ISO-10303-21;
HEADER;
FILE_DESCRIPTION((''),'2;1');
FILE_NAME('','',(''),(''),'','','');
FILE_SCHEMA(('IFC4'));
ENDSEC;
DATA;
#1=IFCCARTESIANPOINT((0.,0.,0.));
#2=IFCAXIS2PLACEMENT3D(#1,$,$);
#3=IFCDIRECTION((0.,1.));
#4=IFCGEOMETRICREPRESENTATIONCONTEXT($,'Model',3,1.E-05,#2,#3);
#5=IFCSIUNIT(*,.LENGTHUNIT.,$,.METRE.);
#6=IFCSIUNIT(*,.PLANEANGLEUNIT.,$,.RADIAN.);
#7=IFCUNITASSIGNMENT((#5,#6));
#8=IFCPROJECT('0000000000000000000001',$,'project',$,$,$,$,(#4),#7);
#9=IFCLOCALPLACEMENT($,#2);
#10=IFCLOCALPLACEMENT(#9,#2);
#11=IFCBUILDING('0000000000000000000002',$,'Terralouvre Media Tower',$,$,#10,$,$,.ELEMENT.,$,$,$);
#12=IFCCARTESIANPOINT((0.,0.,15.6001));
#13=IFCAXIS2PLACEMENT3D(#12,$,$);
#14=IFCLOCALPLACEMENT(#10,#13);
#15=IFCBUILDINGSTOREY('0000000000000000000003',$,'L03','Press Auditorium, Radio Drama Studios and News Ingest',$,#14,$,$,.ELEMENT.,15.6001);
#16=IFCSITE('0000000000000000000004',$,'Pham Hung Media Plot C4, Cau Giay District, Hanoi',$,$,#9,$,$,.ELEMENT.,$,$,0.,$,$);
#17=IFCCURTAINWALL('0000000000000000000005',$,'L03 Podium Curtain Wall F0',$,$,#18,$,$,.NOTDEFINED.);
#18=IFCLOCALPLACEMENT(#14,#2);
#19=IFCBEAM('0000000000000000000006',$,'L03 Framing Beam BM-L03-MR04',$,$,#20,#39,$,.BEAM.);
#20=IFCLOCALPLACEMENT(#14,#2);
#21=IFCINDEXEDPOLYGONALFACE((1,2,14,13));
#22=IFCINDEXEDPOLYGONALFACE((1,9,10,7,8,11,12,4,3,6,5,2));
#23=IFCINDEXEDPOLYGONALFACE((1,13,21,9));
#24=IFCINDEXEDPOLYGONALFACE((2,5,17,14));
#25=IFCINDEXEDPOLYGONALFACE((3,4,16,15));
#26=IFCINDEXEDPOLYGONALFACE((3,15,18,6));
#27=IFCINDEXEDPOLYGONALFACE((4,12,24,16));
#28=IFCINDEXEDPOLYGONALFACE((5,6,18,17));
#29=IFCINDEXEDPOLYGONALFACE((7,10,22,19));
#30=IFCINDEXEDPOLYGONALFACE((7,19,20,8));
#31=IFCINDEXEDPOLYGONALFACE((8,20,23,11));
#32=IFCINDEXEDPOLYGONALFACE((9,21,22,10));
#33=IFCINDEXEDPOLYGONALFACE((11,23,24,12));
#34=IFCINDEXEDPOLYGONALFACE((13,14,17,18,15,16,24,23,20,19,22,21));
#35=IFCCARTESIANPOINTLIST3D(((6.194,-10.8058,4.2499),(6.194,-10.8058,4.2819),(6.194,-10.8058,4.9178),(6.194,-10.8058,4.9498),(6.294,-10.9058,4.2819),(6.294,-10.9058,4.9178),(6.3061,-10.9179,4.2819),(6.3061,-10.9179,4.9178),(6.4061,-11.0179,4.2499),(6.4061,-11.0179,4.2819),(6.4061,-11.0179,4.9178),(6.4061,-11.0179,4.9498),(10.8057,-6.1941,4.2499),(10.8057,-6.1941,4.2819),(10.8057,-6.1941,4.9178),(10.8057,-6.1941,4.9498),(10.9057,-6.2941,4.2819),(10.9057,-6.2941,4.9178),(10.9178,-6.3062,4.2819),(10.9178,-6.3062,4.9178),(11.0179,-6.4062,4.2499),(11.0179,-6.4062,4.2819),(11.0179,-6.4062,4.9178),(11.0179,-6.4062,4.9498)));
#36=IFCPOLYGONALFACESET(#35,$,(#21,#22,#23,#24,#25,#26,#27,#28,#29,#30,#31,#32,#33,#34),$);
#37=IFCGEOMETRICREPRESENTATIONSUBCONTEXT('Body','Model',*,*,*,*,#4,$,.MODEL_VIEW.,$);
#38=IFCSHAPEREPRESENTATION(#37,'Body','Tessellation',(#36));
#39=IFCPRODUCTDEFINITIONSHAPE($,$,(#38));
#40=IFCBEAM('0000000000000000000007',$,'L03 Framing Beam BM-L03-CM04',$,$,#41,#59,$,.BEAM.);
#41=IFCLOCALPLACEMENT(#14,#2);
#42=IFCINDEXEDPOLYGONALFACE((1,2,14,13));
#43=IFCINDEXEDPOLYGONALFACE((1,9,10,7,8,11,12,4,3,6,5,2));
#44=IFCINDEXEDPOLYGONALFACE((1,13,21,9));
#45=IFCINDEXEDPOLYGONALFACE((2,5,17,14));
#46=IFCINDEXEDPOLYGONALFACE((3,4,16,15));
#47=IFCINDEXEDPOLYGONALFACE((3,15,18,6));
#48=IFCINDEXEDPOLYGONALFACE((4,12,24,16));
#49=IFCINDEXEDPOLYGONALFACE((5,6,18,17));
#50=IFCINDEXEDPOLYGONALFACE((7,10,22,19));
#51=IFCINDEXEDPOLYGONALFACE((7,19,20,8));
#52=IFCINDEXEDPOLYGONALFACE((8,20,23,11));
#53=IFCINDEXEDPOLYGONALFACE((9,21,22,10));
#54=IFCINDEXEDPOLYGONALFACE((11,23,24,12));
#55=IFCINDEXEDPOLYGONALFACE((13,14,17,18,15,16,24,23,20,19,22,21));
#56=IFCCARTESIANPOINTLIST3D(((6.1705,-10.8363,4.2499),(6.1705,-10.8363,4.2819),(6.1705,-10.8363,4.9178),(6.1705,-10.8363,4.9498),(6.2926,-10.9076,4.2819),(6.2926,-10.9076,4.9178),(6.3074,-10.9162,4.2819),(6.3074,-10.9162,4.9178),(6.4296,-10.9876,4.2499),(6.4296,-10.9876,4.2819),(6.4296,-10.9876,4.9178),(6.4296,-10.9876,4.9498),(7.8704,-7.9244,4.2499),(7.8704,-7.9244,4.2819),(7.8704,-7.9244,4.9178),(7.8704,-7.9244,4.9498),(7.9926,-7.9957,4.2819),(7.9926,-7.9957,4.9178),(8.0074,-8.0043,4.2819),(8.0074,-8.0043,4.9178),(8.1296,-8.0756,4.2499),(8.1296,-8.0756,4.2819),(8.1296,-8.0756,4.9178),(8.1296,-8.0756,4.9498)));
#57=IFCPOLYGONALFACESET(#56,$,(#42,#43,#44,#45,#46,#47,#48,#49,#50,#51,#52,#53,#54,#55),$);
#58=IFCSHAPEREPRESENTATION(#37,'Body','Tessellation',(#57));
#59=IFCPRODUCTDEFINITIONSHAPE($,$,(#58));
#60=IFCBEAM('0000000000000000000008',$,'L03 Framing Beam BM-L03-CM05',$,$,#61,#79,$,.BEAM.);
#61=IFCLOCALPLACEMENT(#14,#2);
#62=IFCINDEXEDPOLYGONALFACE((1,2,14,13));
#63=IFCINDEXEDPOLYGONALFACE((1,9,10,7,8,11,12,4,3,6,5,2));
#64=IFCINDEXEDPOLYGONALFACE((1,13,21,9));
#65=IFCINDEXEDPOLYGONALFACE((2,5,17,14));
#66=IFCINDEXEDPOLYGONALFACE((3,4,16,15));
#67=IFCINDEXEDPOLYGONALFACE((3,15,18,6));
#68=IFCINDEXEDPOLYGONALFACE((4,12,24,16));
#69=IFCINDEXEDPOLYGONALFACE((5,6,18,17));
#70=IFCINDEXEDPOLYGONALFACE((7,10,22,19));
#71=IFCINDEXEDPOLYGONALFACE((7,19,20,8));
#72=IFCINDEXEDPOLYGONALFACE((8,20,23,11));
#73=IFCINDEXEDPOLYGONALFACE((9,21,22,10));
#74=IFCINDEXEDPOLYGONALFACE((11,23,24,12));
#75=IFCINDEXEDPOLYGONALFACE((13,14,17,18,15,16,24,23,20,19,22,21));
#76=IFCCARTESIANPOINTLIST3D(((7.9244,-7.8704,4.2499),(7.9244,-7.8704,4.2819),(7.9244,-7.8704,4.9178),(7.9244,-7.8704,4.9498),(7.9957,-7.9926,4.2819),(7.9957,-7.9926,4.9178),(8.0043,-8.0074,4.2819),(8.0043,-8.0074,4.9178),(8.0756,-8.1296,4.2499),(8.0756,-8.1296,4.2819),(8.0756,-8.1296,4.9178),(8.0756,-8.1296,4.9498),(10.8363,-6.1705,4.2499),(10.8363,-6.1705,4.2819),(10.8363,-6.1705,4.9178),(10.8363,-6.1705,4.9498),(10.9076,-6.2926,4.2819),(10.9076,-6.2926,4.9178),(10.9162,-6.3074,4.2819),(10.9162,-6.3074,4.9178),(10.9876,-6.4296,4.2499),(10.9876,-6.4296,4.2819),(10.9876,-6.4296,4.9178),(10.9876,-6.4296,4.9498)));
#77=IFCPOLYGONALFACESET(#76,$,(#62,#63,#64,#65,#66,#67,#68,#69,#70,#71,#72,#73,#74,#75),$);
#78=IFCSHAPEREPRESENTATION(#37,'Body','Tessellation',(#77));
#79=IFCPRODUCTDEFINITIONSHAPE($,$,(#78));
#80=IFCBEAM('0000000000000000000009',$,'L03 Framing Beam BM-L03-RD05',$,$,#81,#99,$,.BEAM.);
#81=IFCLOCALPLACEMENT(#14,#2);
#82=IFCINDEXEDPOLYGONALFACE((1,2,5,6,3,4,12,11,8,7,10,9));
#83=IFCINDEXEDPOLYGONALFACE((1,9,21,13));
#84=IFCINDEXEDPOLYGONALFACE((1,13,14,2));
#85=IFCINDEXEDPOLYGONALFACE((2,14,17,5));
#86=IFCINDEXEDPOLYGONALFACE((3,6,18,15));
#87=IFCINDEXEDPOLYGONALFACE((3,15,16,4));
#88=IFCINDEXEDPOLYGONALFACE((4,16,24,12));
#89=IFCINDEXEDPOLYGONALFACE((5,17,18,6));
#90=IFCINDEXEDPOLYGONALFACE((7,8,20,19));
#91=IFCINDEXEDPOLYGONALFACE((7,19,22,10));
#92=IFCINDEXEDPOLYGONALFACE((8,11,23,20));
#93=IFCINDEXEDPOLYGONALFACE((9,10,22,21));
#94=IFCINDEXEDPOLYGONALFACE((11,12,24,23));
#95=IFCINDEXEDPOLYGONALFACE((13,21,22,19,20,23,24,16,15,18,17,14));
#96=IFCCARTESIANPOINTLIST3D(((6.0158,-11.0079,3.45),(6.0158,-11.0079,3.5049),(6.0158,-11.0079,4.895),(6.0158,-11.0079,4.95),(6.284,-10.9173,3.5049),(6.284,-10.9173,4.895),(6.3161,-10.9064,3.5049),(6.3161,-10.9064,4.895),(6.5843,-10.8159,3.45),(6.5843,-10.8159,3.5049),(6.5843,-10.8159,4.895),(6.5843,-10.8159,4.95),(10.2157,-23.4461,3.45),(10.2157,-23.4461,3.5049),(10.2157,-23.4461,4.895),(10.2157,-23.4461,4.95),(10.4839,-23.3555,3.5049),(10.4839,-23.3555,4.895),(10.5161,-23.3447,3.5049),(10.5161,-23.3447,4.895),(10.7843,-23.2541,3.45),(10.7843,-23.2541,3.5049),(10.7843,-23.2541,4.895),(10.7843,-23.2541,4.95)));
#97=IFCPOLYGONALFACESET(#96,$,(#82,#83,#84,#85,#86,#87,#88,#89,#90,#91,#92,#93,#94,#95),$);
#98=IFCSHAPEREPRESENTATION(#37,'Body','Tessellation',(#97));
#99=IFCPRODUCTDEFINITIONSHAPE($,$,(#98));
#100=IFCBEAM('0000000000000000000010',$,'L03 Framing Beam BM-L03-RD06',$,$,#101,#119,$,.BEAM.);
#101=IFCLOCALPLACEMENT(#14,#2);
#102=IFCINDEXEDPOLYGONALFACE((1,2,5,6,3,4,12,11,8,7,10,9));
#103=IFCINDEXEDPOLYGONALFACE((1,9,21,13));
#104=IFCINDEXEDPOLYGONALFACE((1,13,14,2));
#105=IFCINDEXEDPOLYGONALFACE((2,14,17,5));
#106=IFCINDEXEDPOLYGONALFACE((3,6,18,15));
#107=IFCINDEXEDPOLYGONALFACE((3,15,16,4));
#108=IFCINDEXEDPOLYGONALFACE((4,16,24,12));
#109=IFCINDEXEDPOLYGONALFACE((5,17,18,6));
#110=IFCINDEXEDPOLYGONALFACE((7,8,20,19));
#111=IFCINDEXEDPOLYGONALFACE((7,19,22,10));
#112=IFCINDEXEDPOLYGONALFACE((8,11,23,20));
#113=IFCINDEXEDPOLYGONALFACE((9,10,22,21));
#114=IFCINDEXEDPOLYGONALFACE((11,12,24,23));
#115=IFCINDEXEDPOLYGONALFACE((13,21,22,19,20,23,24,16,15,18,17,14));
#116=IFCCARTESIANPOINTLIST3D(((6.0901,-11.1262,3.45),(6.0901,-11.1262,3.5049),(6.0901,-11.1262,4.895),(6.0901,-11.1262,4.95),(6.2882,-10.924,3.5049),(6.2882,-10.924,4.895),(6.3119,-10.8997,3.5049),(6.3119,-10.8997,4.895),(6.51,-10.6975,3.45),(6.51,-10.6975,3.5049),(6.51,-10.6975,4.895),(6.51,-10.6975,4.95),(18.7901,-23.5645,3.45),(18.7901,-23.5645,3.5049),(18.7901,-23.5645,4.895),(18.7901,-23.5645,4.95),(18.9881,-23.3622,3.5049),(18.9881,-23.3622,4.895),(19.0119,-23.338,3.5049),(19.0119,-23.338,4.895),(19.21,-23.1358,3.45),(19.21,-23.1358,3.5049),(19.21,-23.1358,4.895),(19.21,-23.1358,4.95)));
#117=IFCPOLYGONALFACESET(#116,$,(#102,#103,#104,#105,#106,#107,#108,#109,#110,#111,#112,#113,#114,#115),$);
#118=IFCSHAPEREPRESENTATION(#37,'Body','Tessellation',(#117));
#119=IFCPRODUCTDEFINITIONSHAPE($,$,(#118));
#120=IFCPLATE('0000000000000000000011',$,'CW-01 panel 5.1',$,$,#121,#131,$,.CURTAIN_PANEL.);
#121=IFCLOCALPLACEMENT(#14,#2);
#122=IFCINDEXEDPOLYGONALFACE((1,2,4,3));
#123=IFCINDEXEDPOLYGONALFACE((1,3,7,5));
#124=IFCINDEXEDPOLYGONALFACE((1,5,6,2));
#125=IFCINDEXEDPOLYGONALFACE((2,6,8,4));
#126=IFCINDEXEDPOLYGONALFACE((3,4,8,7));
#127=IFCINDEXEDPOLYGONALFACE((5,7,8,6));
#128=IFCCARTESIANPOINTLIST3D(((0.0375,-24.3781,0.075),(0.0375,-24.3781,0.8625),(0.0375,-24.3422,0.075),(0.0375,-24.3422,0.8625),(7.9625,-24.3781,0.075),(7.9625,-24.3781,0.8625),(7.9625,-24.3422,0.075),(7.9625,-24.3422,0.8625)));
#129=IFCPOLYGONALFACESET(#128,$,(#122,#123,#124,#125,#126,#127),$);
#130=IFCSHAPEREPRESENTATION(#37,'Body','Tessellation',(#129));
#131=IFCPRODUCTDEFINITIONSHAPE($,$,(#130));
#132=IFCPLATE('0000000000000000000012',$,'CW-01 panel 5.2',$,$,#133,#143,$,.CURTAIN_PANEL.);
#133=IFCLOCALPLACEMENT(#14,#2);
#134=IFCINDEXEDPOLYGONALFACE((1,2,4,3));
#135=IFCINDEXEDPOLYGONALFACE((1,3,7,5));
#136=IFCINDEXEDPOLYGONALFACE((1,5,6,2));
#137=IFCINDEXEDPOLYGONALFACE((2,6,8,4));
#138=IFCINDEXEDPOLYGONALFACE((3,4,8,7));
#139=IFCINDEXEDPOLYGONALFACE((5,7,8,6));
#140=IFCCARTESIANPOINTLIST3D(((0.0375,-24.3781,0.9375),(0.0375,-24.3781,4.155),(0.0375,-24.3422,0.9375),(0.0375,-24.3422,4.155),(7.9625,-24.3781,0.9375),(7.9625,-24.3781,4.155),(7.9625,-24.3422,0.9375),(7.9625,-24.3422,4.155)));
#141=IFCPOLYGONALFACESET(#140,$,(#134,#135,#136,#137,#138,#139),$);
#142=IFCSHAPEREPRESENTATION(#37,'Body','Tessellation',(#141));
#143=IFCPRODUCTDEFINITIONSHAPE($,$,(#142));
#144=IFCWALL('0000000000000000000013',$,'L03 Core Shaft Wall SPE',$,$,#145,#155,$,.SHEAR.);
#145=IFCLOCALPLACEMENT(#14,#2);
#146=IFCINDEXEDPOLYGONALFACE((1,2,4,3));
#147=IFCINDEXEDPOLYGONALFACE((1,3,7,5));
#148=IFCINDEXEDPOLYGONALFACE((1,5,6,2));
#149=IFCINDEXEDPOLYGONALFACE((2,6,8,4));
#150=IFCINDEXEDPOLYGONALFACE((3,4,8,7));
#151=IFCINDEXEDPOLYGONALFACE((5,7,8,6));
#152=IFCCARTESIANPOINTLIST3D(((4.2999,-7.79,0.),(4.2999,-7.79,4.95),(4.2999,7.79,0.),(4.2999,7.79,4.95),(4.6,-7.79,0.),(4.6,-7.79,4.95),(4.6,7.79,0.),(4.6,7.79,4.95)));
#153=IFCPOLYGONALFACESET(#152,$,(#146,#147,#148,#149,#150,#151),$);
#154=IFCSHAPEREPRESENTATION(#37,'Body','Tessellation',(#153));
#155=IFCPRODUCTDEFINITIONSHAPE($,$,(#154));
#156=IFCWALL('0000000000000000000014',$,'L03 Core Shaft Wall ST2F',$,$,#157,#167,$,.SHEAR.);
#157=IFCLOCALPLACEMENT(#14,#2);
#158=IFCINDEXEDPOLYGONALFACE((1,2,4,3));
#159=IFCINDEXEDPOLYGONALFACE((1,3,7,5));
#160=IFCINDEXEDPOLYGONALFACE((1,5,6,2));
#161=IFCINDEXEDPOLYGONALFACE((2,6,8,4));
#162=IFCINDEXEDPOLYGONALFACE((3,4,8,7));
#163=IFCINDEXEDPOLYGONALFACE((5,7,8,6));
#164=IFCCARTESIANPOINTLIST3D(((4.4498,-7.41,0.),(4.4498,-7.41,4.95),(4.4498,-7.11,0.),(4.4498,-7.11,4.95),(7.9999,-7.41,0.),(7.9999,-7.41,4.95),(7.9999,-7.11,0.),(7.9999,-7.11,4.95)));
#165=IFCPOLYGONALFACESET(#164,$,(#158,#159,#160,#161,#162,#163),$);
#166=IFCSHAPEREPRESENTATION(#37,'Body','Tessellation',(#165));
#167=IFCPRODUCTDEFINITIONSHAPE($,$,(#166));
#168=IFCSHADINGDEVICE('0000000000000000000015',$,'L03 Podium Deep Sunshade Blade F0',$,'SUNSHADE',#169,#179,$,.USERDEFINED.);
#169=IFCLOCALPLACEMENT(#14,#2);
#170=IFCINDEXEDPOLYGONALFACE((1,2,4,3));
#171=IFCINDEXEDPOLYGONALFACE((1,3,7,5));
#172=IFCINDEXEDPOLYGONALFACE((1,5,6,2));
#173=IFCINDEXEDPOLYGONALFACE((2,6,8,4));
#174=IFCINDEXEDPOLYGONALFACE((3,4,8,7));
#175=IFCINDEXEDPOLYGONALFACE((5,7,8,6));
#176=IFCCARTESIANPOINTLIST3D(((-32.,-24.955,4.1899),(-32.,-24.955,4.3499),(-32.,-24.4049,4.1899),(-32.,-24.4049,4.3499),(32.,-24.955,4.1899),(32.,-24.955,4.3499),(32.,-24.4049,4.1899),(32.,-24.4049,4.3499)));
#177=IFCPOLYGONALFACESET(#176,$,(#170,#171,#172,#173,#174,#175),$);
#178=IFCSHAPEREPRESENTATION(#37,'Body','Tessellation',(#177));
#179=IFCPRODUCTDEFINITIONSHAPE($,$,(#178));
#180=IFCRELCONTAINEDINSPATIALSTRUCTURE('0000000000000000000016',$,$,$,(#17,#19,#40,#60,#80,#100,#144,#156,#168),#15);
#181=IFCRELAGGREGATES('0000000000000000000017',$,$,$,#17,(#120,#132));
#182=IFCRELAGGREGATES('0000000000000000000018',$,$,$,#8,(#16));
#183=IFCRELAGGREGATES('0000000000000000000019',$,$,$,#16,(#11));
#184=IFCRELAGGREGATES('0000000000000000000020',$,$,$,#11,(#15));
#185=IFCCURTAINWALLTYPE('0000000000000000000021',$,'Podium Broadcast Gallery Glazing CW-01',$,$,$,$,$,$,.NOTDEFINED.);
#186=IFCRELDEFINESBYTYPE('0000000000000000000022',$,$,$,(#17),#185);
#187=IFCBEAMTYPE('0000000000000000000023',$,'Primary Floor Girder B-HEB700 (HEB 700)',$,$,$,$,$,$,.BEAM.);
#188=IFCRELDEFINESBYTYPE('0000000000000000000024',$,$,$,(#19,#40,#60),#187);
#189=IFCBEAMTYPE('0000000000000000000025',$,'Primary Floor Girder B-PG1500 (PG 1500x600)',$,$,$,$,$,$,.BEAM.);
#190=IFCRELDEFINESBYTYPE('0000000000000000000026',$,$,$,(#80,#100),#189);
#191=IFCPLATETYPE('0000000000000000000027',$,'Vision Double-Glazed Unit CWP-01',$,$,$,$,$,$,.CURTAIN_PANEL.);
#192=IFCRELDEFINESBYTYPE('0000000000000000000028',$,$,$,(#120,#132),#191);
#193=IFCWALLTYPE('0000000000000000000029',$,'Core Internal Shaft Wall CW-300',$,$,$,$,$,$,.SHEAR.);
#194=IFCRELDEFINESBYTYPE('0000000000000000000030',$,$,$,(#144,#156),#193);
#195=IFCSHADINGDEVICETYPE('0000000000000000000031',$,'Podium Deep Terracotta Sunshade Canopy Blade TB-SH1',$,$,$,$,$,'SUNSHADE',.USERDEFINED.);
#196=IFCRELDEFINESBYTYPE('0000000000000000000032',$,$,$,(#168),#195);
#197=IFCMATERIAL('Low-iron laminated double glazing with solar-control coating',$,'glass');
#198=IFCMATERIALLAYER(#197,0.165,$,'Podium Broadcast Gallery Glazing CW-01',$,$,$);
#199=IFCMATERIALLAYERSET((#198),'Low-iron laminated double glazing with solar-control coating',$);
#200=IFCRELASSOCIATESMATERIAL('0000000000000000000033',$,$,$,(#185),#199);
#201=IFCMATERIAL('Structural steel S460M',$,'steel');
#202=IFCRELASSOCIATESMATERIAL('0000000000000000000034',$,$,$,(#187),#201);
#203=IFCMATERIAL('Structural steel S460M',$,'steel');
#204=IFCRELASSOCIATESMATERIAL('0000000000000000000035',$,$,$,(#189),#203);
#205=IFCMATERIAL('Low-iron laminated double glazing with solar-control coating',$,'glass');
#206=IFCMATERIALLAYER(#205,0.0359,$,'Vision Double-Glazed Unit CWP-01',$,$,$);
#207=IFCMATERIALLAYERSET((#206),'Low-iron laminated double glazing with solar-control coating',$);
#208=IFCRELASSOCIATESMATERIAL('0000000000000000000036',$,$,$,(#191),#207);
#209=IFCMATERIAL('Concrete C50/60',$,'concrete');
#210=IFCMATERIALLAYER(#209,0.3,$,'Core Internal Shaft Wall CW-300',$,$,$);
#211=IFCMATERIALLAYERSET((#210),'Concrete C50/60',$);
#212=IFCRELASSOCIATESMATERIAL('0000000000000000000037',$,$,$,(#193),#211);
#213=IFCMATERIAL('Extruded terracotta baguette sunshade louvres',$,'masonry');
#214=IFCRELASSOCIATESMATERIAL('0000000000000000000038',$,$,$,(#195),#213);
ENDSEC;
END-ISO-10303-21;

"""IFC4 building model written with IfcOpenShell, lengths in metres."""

from ifc_helpers import new_model, si_unit, direction, frame, frame_2d, origin, origin_2d, place, context, subcontext, project, spatial, rectangle, i_section, extrude, material, layer, layer_set, material_profile, profile_set, type_object, element, aggregate, save


model = new_model("IFC4")

# Units and contexts
model_context = context("Model", 3, precision=1e-05, world=origin(), true_north=direction((0.0, 1.0)))
body_context = subcontext(model_context, "Body", "Model", "MODEL_VIEW")
ifc_project = project(units=[si_unit("LENGTHUNIT", "METRE"), si_unit("PLANEANGLEUNIT", "RADIAN")], contexts=[model_context])

# Site, building, storey
site_placement = place(None, origin())
site = spatial("IfcSite", under=ifc_project, at=site_placement, Name="Pham Hung Media Plot C4, Cau Giay District, Hanoi", CompositionType="ELEMENT", RefElevation=0.0)
building_placement = place(site_placement, origin())
building = spatial("IfcBuilding", under=site, at=building_placement, Name="Terralouvre Media Tower", CompositionType="ELEMENT")
storey_placement = place(building_placement, frame((0.0, 0.0, 15.6001)))
storey = spatial("IfcBuildingStorey", under=building, at=storey_placement, Name="L03", Description="Press Auditorium, Radio Drama Studios and News Ingest", CompositionType="ELEMENT", Elevation=15.6001)

# Curtain wall
ifc_material_1 = material(Name="Low-iron laminated double glazing with solar-control coating", Category="glass")
ifc_layer_1 = layer(ifc_material_1, 0.165, Name="Podium Broadcast Gallery Glazing CW-01")
ifc_layer_set_1 = layer_set([ifc_layer_1], Name="Low-iron laminated double glazing with solar-control coating")
curtain_wall_type = type_object("IfcCurtainWallType", Name="Podium Broadcast Gallery Glazing CW-01", PredefinedType="NOTDEFINED", material=ifc_layer_set_1)
curtain_wall_placement = place(storey_placement, origin())
curtain_wall = element("IfcCurtainWall", 1, at=curtain_wall_placement, inside=storey, type_object=curtain_wall_type, Name="L03 Podium Curtain Wall F0", PredefinedType="NOTDEFINED")

# Beams
ifc_material_2 = material(Name="Structural steel S460M", Category="steel")
ifc_material_profile_1 = material_profile(ifc_material_2, i_section(OverallWidth=0.3, OverallDepth=0.7, WebThickness=0.0171, FlangeThickness=0.032, at=origin_2d()), Name="HEB 700")
ifc_profile_set_1 = profile_set([ifc_material_profile_1], Name="Structural steel S460M")
beam_type_1 = type_object("IfcBeamType", Name="Primary Floor Girder B-HEB700 (HEB 700)", PredefinedType="BEAM", material=ifc_profile_set_1)
beam_1_placement = place(storey_placement, frame((6.3, -10.9119, 4.5999), z_axis=(0.707107, 0.707107, 0.0), x_axis=(-0.707107, 0.707107, 0.0)))
element("IfcBeam", 2, at=beam_1_placement, inside=storey, type_object=beam_type_1, Name="L03 Framing Beam BM-L03-MR04", PredefinedType="BEAM", context=body_context, shape_type="SweptSolid", body=[
    extrude(i_section(OverallWidth=0.3, OverallDepth=0.7, WebThickness=0.0171, FlangeThickness=0.032, at=origin_2d()), origin(), (0.0, 0.0, 1.0), 6.522),
])
for number, where, z_axis, x_axis, name in (
    (3, (8.0, -8.0, 4.5999), (-0.504173, -0.863603, 0.0), (0.863603, -0.504173, 0.0), "L03 Framing Beam BM-L03-CM04"),
    (4, (8.0, -8.0, 4.5999), (0.863603, 0.504173, 0.0), (-0.504173, 0.863603, 0.0), "L03 Framing Beam BM-L03-CM05"),
):
    element("IfcBeam", number, at=place(storey_placement, frame(where, z_axis=z_axis, x_axis=x_axis)), inside=storey, type_object=beam_type_1, Name=name, PredefinedType="BEAM", context=body_context, shape_type="SweptSolid", body=[
        extrude(i_section(OverallWidth=0.3, OverallDepth=0.7, WebThickness=0.0171, FlangeThickness=0.032, at=origin_2d()), origin(), (0.0, 0.0, 1.0), 3.3718),
    ])
ifc_material_3 = material(Name="Structural steel S460M", Category="steel")
ifc_material_profile_2 = material_profile(ifc_material_3, i_section(OverallWidth=0.6001, OverallDepth=1.5, WebThickness=0.0339, FlangeThickness=0.0549, at=origin_2d()), Name="PG 1500x600")
ifc_profile_set_2 = profile_set([ifc_material_profile_2], Name="Structural steel S460M")
beam_type_2 = type_object("IfcBeamType", Name="Primary Floor Girder B-PG1500 (PG 1500x600)", PredefinedType="BEAM", material=ifc_profile_set_2)
beam_2_placement = place(storey_placement, frame((6.3, -10.9119, 4.2), z_axis=(0.319919, -0.947445, 0.0), x_axis=(0.947445, 0.319919, 0.0)))
element("IfcBeam", 5, at=beam_2_placement, inside=storey, type_object=beam_type_2, Name="L03 Framing Beam BM-L03-RD05", PredefinedType="BEAM", context=body_context, shape_type="SweptSolid", body=[
    extrude(i_section(OverallWidth=0.6001, OverallDepth=1.5, WebThickness=0.0339, FlangeThickness=0.0549, at=origin_2d()), origin(), (0.0, 0.0, 1.0), 13.1282),
])
beam_3_placement = place(storey_placement, frame((6.3, -10.9119, 4.2), z_axis=(0.71443, -0.699707, 0.0), x_axis=(0.699707, 0.71443, 0.0)))
element("IfcBeam", 6, at=beam_3_placement, inside=storey, type_object=beam_type_2, Name="L03 Framing Beam BM-L03-RD06", PredefinedType="BEAM", context=body_context, shape_type="SweptSolid", body=[
    extrude(i_section(OverallWidth=0.6001, OverallDepth=1.5, WebThickness=0.0339, FlangeThickness=0.0549, at=origin_2d()), origin(), (0.0, 0.0, 1.0), 17.7764),
])

# Plates
ifc_material_4 = material(Name="Low-iron laminated double glazing with solar-control coating", Category="glass")
ifc_layer_2 = layer(ifc_material_4, 0.0359, Name="Vision Double-Glazed Unit CWP-01")
ifc_layer_set_2 = layer_set([ifc_layer_2], Name="Low-iron laminated double glazing with solar-control coating")
plate_type = type_object("IfcPlateType", Name="Vision Double-Glazed Unit CWP-01", PredefinedType="CURTAIN_PANEL", material=ifc_layer_set_2)
plate_1_placement = place(storey_placement, frame((4.0, -24.3601, 0.075), z_axis=(0.0, 0.0, 1.0), x_axis=(1.0, 0.0, 0.0)))
plate_1 = element("IfcPlate", 7, at=plate_1_placement, type_object=plate_type, Name="CW-01 panel 5.1", PredefinedType="CURTAIN_PANEL", context=body_context, shape_type="SweptSolid", body=[
    extrude(rectangle(XDim=7.925, YDim=0.0359, at=origin_2d()), origin(), (0.0, 0.0, 1.0), 0.7876),
])
plate_2_placement = place(storey_placement, frame((4.0, -24.3601, 0.9375), z_axis=(0.0, 0.0, 1.0), x_axis=(1.0, 0.0, 0.0)))
plate_2 = element("IfcPlate", 8, at=plate_2_placement, type_object=plate_type, Name="CW-01 panel 5.2", PredefinedType="CURTAIN_PANEL", context=body_context, shape_type="SweptSolid", body=[
    extrude(rectangle(XDim=7.925, YDim=0.0359, at=origin_2d()), origin(), (0.0, 0.0, 1.0), 3.2175),
])
aggregate(curtain_wall, [plate_1, plate_2])

# Walls
ifc_material_5 = material(Name="Concrete C50/60", Category="concrete")
ifc_layer_3 = layer(ifc_material_5, 0.3, Name="Core Internal Shaft Wall CW-300")
ifc_layer_set_3 = layer_set([ifc_layer_3], Name="Concrete C50/60")
wall_type = type_object("IfcWallType", Name="Core Internal Shaft Wall CW-300", PredefinedType="SHEAR", material=ifc_layer_set_3)
wall_1_placement = place(storey_placement, frame((4.45, -7.79, 0.0), z_axis=(0.0, 0.0, 1.0), x_axis=(0.0, 1.0, 0.0)))
element("IfcWall", 9, at=wall_1_placement, inside=storey, type_object=wall_type, Name="L03 Core Shaft Wall SPE", PredefinedType="SHEAR", context=body_context, shape_type="SweptSolid", body=[
    extrude(rectangle(XDim=15.5801, YDim=0.3, at=frame_2d((7.79, 0.0))), origin(), (0.0, 0.0, 1.0), 4.95),
])
wall_2_placement = place(storey_placement, frame((4.45, -7.26, 0.0), z_axis=(0.0, 0.0, 1.0), x_axis=(1.0, 0.0, 0.0)))
element("IfcWall", 10, at=wall_2_placement, inside=storey, type_object=wall_type, Name="L03 Core Shaft Wall ST2F", PredefinedType="SHEAR", context=body_context, shape_type="SweptSolid", body=[
    extrude(rectangle(XDim=3.55, YDim=0.3, at=frame_2d((1.7749, 0.0))), origin(), (0.0, 0.0, 1.0), 4.95),
])

# Shading device
ifc_material_6 = material(Name="Extruded terracotta baguette sunshade louvres", Category="masonry")
shading_device_type_1 = type_object("IfcShadingDeviceType", Name="Podium Deep Terracotta Sunshade Canopy Blade TB-SH1", ElementType="SUNSHADE", PredefinedType="USERDEFINED", material=ifc_material_6)
shading_device_1_placement = place(storey_placement, frame((0.0, -24.6799, 4.1899), z_axis=(0.0, 0.0, 1.0), x_axis=(1.0, 0.0, 0.0)))
element("IfcShadingDevice", 11, at=shading_device_1_placement, inside=storey, type_object=shading_device_type_1, Name="L03 Podium Deep Sunshade Blade F0", ObjectType="SUNSHADE", PredefinedType="USERDEFINED", context=body_context, shape_type="SweptSolid", body=[
    extrude(rectangle(XDim=64.0, YDim=0.55, at=origin_2d()), origin(), (0.0, 0.0, 1.0), 0.1599),
])

save(model, "model.ifc")
